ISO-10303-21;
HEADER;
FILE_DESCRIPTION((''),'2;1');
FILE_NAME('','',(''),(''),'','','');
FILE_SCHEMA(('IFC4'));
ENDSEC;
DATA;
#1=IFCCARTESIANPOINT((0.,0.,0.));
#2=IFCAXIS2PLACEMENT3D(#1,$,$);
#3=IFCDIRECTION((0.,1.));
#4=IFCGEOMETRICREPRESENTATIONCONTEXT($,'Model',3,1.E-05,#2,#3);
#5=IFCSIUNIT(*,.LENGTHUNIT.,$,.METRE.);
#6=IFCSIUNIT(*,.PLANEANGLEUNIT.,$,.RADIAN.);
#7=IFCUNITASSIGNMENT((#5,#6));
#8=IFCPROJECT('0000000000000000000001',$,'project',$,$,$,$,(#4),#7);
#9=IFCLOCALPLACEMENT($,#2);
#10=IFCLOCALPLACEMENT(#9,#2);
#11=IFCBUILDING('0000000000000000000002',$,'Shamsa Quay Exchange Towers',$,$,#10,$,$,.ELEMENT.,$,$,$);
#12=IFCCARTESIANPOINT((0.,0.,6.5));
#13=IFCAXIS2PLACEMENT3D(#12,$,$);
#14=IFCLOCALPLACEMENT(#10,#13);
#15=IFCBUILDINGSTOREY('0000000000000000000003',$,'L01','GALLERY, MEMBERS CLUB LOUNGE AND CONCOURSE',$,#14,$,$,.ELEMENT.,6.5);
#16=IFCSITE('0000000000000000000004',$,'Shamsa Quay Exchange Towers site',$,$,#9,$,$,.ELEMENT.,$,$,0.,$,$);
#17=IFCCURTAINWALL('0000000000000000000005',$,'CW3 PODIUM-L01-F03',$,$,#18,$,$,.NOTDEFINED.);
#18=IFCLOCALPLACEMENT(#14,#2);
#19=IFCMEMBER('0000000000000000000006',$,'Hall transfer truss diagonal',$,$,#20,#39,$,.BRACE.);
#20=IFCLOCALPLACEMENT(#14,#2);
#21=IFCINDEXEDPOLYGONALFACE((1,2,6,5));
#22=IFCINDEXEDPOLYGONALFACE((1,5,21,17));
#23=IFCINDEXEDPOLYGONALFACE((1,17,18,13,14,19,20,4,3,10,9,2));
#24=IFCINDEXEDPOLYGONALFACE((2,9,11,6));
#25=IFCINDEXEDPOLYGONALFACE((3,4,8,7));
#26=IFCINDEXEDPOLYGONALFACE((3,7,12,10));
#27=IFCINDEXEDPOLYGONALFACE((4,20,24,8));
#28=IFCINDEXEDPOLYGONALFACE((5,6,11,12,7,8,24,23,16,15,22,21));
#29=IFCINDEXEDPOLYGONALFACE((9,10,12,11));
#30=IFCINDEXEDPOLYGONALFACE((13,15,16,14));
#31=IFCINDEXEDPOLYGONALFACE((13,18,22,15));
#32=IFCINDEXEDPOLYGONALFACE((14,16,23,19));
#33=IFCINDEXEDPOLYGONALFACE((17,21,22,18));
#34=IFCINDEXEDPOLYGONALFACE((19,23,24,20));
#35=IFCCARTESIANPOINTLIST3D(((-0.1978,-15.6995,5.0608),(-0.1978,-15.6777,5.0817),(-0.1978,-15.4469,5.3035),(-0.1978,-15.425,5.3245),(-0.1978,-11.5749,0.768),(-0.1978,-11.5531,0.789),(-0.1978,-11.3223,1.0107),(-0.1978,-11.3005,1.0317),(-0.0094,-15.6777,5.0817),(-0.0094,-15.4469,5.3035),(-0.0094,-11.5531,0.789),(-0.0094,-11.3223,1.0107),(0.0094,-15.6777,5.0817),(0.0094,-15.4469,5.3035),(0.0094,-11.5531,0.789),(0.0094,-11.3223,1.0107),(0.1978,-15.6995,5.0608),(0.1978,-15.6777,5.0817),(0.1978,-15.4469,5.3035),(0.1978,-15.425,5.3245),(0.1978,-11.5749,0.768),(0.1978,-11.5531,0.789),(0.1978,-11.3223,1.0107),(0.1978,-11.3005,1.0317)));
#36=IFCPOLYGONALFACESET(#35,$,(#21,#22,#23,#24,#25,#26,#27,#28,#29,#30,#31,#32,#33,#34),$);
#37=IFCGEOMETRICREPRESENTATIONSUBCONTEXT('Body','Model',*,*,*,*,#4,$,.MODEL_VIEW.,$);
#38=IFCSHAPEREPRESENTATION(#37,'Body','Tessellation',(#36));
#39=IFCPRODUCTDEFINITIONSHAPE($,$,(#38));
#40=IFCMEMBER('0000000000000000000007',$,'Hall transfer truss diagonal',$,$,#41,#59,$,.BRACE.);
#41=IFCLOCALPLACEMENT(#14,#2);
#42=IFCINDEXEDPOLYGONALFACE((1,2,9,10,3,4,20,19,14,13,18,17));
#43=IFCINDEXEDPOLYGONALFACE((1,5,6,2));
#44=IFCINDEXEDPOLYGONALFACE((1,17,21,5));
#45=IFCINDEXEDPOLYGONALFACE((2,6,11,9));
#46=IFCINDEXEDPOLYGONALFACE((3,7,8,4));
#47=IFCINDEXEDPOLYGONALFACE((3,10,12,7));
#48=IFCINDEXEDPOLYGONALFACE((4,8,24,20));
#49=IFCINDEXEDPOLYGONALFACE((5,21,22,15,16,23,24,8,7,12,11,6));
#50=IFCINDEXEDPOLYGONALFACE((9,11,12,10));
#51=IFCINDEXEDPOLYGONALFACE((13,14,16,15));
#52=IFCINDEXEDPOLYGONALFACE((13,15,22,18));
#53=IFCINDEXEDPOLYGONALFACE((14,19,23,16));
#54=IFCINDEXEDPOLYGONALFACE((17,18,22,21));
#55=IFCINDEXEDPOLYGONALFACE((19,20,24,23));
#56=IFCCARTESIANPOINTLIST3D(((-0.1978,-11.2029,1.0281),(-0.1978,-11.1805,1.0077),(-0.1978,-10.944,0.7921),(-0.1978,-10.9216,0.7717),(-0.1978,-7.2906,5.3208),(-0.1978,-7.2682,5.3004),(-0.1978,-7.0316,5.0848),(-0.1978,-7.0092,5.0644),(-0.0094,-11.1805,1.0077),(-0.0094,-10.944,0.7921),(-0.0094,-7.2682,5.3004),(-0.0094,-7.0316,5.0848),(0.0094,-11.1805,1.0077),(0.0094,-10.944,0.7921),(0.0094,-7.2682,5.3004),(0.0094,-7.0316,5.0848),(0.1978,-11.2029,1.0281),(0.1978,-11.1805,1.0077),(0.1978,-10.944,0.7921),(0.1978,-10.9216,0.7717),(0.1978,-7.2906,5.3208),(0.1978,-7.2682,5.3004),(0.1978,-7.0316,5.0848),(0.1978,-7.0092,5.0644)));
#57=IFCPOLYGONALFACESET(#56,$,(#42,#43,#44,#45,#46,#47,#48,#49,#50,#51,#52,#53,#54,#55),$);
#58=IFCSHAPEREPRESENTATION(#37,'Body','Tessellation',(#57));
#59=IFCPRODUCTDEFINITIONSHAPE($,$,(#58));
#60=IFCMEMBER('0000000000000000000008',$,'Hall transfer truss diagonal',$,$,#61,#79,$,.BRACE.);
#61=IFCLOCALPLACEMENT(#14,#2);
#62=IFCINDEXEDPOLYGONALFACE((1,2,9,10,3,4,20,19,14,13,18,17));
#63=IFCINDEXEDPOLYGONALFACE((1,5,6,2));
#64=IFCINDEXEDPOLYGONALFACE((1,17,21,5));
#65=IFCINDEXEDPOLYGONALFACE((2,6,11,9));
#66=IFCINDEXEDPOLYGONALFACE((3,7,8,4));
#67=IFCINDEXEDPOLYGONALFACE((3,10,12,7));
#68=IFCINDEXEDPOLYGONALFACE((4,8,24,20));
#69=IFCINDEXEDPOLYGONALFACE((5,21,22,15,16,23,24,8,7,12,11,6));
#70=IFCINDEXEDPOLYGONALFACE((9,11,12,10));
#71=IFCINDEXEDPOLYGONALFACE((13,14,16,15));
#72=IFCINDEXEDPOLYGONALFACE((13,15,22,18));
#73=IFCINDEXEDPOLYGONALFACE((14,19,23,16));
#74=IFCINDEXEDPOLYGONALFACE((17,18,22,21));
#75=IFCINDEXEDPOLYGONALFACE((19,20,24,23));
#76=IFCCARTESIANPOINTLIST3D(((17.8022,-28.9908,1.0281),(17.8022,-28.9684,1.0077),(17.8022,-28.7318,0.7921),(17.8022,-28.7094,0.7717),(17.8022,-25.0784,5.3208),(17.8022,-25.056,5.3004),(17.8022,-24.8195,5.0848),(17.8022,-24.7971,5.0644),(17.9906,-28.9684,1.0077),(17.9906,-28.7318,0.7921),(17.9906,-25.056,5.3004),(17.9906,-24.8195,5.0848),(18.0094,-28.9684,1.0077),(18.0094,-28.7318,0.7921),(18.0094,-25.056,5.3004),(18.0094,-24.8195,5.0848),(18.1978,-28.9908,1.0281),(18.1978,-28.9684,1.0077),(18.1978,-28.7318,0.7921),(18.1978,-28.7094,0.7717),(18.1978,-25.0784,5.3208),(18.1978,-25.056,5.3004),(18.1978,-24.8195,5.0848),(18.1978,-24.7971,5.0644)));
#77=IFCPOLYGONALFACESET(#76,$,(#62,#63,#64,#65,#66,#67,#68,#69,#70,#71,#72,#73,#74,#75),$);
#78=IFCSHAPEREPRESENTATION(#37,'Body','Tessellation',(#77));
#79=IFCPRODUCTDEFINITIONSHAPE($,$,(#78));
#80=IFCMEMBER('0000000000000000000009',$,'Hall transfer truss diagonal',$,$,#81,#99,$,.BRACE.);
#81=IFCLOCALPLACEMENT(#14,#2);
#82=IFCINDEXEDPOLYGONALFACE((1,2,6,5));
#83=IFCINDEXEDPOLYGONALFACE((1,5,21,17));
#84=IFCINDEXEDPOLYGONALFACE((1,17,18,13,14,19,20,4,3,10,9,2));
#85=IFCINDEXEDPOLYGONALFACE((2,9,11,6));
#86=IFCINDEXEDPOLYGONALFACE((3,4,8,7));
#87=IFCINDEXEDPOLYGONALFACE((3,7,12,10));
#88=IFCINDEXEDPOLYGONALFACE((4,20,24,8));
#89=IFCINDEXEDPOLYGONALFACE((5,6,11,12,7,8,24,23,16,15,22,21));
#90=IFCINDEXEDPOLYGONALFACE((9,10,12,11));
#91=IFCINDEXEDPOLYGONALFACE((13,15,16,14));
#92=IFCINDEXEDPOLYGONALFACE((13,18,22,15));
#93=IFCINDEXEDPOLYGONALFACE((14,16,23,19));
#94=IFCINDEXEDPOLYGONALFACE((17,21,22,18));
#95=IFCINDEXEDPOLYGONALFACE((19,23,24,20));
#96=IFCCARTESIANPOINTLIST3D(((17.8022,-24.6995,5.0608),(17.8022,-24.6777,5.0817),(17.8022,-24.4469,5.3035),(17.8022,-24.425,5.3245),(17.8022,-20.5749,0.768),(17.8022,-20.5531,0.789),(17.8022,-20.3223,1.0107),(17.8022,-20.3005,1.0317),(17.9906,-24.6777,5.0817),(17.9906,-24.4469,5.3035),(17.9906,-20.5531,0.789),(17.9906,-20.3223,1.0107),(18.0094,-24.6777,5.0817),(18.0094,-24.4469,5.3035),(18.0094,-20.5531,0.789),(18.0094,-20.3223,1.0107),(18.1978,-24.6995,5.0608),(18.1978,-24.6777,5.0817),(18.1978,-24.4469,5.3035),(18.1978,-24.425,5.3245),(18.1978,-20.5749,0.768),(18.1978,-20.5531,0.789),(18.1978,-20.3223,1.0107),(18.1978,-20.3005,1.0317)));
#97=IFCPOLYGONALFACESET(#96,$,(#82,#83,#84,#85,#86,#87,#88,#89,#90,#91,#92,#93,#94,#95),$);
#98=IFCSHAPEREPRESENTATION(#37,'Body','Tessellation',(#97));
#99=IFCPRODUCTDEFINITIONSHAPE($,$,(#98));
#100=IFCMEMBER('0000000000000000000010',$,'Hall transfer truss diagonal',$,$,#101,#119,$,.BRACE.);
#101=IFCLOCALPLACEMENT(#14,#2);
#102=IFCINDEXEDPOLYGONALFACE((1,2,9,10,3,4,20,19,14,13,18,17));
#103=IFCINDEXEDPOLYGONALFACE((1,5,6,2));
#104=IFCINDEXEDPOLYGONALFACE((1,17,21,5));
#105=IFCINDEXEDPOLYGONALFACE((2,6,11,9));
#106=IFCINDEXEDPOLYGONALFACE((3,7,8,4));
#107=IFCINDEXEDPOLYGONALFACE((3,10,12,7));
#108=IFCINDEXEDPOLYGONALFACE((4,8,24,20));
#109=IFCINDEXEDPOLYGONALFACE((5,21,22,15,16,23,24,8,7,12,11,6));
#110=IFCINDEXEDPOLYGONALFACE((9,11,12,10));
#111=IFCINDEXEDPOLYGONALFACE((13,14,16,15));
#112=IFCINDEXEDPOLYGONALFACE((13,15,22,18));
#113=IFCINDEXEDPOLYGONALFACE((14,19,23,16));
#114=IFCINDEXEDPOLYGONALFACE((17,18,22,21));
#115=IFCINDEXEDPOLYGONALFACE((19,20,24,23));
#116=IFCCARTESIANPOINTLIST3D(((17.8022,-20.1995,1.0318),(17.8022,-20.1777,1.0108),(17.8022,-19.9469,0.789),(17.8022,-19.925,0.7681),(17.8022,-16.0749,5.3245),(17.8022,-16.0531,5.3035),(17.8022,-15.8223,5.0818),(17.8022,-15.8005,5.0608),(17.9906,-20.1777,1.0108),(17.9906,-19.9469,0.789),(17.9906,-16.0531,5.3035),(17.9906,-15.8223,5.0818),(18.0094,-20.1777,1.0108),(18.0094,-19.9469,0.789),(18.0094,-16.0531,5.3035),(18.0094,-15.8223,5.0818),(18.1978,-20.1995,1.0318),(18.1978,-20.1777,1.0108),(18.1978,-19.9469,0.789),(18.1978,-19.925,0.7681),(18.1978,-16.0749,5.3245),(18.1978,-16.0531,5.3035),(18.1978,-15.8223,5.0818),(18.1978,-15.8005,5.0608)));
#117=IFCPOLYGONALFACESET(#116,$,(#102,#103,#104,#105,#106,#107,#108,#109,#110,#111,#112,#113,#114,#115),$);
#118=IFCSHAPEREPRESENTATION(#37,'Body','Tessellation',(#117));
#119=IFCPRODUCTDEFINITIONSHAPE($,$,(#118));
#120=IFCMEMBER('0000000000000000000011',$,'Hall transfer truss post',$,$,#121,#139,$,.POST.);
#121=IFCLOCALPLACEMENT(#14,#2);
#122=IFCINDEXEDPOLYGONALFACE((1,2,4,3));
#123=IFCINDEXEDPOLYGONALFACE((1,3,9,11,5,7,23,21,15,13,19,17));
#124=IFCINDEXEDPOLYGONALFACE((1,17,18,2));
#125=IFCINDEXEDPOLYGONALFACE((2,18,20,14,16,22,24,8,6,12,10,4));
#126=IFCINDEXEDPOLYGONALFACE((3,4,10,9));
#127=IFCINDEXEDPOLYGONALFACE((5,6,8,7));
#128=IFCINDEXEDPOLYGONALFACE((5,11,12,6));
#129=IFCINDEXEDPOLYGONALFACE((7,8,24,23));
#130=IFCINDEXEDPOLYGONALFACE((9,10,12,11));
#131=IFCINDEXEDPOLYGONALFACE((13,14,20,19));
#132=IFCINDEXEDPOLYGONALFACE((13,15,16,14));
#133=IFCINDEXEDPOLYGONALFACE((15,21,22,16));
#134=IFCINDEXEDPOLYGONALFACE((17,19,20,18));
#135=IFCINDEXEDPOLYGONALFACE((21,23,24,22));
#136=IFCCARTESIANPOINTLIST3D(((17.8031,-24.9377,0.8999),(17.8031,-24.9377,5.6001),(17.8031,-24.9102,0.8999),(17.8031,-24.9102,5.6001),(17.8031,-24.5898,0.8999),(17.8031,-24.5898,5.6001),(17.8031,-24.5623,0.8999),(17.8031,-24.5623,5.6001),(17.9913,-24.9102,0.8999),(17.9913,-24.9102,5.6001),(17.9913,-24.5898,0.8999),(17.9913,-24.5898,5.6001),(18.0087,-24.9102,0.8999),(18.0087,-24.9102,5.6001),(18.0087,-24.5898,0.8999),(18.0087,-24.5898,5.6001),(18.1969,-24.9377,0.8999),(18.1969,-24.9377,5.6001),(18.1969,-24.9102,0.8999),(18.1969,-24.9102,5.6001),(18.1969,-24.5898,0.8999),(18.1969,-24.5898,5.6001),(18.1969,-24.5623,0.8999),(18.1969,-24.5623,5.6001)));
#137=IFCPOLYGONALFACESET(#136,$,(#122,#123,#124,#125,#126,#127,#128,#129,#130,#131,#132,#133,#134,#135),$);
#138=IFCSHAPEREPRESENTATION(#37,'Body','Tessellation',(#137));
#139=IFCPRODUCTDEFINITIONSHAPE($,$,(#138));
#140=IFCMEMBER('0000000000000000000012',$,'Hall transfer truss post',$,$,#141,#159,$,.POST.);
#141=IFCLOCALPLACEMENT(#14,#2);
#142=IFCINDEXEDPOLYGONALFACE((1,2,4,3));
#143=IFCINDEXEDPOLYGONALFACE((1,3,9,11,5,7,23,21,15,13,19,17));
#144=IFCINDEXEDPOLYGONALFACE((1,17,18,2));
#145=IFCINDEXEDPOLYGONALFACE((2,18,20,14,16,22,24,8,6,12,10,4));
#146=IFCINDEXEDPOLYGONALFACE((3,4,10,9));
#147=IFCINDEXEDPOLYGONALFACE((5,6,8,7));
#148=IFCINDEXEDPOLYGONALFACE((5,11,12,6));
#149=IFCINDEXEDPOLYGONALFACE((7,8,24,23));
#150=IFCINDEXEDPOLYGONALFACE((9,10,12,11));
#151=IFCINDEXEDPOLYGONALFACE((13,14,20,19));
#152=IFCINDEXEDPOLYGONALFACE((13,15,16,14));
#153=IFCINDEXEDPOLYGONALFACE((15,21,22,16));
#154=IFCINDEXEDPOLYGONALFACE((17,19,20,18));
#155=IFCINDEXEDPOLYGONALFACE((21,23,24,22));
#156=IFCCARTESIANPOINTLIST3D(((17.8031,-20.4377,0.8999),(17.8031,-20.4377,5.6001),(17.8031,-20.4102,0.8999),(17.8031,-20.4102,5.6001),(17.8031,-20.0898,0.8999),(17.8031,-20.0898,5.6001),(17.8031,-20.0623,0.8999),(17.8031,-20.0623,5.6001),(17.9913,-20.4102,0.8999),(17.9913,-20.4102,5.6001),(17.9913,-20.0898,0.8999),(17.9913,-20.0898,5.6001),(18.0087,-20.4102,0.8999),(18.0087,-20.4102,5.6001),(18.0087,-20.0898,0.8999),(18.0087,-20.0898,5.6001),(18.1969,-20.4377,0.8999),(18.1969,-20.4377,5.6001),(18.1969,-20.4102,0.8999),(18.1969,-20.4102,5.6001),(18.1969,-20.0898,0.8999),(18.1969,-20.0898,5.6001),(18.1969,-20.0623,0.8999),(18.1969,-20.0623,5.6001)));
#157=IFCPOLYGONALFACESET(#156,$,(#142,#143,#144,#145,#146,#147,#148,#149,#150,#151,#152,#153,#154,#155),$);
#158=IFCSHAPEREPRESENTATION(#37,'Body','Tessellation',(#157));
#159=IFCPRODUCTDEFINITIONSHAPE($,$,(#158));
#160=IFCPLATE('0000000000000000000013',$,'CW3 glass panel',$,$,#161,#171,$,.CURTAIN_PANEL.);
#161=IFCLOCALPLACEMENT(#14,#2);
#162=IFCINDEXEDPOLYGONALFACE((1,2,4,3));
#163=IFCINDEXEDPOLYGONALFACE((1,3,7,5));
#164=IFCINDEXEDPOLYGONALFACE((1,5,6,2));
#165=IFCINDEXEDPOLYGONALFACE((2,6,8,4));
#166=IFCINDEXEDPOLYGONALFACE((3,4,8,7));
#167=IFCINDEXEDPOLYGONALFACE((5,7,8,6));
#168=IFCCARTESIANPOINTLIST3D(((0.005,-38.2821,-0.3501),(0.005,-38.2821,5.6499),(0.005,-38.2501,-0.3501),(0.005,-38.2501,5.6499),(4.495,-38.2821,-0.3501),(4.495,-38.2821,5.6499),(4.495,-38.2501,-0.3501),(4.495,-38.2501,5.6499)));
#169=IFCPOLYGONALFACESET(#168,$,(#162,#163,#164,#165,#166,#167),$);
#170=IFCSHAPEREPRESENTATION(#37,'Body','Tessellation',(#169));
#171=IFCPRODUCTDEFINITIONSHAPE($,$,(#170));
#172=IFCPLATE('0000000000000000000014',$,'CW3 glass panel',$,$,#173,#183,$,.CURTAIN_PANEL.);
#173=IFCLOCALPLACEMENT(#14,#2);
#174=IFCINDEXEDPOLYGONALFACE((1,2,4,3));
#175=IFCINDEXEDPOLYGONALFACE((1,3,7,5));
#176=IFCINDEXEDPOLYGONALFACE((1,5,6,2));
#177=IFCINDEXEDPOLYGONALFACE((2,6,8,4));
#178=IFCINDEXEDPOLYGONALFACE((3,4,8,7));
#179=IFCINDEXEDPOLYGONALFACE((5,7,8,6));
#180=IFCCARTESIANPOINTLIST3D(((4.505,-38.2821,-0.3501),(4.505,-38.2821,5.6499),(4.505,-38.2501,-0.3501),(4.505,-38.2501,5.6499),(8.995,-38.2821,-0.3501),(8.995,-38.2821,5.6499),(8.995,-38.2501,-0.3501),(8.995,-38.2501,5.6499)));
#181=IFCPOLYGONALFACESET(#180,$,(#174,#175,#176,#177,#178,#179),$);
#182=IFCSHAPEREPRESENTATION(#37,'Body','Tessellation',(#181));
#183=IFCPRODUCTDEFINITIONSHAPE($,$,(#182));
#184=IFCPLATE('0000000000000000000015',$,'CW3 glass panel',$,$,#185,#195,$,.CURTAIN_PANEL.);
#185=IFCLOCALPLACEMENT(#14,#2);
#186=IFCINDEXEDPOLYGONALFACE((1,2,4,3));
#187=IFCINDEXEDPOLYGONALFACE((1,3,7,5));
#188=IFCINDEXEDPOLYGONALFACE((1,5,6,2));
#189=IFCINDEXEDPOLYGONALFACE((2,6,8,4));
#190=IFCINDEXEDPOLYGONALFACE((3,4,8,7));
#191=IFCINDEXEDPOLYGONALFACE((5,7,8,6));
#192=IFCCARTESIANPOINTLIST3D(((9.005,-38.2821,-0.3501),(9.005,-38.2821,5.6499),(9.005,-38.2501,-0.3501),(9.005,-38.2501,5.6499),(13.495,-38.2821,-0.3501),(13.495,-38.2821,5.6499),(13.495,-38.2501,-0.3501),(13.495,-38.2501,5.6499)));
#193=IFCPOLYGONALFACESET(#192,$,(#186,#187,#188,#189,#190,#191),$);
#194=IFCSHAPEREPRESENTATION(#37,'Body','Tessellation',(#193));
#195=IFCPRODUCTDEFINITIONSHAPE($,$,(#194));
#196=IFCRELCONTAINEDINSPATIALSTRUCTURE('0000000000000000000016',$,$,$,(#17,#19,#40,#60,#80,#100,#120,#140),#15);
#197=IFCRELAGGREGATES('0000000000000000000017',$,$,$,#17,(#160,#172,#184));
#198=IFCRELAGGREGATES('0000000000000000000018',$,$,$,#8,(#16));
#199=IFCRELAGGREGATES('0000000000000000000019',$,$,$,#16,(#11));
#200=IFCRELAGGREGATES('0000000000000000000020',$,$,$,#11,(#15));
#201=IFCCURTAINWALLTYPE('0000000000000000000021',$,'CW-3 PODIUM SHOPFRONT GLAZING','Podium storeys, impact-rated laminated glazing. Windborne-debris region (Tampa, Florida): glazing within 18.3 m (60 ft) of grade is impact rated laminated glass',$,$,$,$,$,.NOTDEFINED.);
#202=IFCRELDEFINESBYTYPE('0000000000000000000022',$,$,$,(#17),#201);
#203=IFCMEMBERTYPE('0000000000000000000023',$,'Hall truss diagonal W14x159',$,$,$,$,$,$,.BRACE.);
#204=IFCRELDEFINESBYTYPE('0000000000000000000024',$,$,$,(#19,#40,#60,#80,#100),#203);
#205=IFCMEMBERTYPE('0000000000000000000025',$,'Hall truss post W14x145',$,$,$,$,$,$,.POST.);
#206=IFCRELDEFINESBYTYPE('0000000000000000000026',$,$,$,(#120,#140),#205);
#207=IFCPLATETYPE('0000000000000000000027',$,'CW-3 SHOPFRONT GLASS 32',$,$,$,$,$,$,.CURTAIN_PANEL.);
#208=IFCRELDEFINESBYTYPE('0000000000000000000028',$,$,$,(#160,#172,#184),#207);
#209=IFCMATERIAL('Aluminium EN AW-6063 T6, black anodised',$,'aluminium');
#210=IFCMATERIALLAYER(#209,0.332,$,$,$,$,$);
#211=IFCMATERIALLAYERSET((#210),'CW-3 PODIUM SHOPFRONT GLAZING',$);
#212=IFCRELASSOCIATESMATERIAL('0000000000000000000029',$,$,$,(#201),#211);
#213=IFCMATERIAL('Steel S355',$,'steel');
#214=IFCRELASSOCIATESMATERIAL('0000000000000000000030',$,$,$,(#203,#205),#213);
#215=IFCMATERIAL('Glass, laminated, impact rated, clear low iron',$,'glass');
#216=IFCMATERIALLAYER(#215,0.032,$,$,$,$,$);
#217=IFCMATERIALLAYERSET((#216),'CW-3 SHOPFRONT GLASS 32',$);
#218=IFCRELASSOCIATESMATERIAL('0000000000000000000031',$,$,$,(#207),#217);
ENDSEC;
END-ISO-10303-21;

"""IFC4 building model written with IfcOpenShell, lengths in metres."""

from ifc_helpers import new_model, si_unit, direction, frame, origin, origin_2d, place, context, subcontext, project, spatial, rectangle, i_section, extrude, material, layer, layer_set, material_profile, profile_set, type_object, element, aggregate, save


model = new_model("IFC4")

# Units and contexts
model_context = context("Model", 3, precision=1e-05, world=origin(), true_north=direction((0.0, 1.0)))
body_context = subcontext(model_context, "Body", "Model", "MODEL_VIEW")
ifc_project = project(units=[si_unit("LENGTHUNIT", "METRE"), si_unit("PLANEANGLEUNIT", "RADIAN")], contexts=[model_context])

# Site, building, storey
site_placement = place(None, origin())
site = spatial("IfcSite", under=ifc_project, at=site_placement, Name="Shamsa Quay Exchange Towers site", CompositionType="ELEMENT", RefElevation=0.0)
building_placement = place(site_placement, origin())
building = spatial("IfcBuilding", under=site, at=building_placement, Name="Shamsa Quay Exchange Towers", CompositionType="ELEMENT")
storey_placement = place(building_placement, frame((0.0, 0.0, 6.5)))
storey = spatial("IfcBuildingStorey", under=building, at=storey_placement, Name="L01", Description="GALLERY, MEMBERS CLUB LOUNGE AND CONCOURSE", CompositionType="ELEMENT", Elevation=6.5)

# Curtain wall
ifc_material_1 = material(Name="Aluminium EN AW-6063 T6, black anodised", Category="aluminium")
ifc_layer_1 = layer(ifc_material_1, 0.332)
ifc_layer_set_1 = layer_set([ifc_layer_1], Name="CW-3 PODIUM SHOPFRONT GLAZING")
curtain_wall_type = type_object("IfcCurtainWallType", Name="CW-3 PODIUM SHOPFRONT GLAZING", Description="Podium storeys, impact-rated laminated glazing. Windborne-debris region (Tampa, Florida): glazing within 18.3 m (60 ft) of grade is impact rated laminated glass", PredefinedType="NOTDEFINED", material=ifc_layer_set_1)
curtain_wall_placement = place(storey_placement, origin())
curtain_wall = element("IfcCurtainWall", 1, at=curtain_wall_placement, inside=storey, type_object=curtain_wall_type, Name="CW3 PODIUM-L01-F03", PredefinedType="NOTDEFINED")

# Shared definitions
ifc_material_2 = material(Name="Steel S355", Category="steel")

# Members
ifc_material_profile_1 = material_profile(ifc_material_2, i_section(OverallWidth=0.3955, OverallDepth=0.3806, WebThickness=0.0188, FlangeThickness=0.0303, at=origin_2d()), Name="W14x159")
ifc_profile_set_1 = profile_set([ifc_material_profile_1], Name="Steel S355")
member_type_1 = type_object("IfcMemberType", Name="Hall truss diagonal W14x159", PredefinedType="BRACE", material=ifc_profile_set_1)
for number, where, z_axis, x_axis, name in (
    (2, (0.0, -15.5623, 5.1926), (0.0, 0.692837, -0.721094), (-1.0, 0.0, 0.0), "Hall transfer truss diagonal"),
):
    element("IfcMember", number, at=place(storey_placement, frame(where, z_axis=z_axis, x_axis=x_axis)), inside=storey, type_object=member_type_1, Name=name, PredefinedType="BRACE", context=body_context, shape_type="SweptSolid", body=[
        extrude(i_section(OverallWidth=0.3955, OverallDepth=0.3806, WebThickness=0.0188, FlangeThickness=0.0303, at=origin_2d()), origin(), (0.0, 0.0, 1.0), 5.9531),
    ])
for number, where, z_axis, x_axis, name in (
    (3, (0.0, -11.0623, 0.8999), (0.0, 0.673603, 0.739093), (-1.0, 0.0, 0.0), "Hall transfer truss diagonal"),
    (4, (18.0, -28.8501, 0.8999), (0.0, 0.673603, 0.739093), (-1.0, 0.0, 0.0), "Hall transfer truss diagonal"),
):
    element("IfcMember", number, at=place(storey_placement, frame(where, z_axis=z_axis, x_axis=x_axis)), inside=storey, type_object=member_type_1, Name=name, PredefinedType="BRACE", context=body_context, shape_type="SweptSolid", body=[
        extrude(i_section(OverallWidth=0.3955, OverallDepth=0.3806, WebThickness=0.0188, FlangeThickness=0.0303, at=origin_2d()), origin(), (0.0, 0.0, 1.0), 5.8081),
    ])
for number, where, z_axis, x_axis, name in (
    (5, (18.0, -24.5623, 5.1926), (0.0, 0.692837, -0.721094), (-1.0, 0.0, 0.0), "Hall transfer truss diagonal"),
    (6, (18.0, -20.0623, 0.8999), (0.0, 0.692837, 0.721094), (-1.0, 0.0, 0.0), "Hall transfer truss diagonal"),
):
    element("IfcMember", number, at=place(storey_placement, frame(where, z_axis=z_axis, x_axis=x_axis)), inside=storey, type_object=member_type_1, Name=name, PredefinedType="BRACE", context=body_context, shape_type="SweptSolid", body=[
        extrude(i_section(OverallWidth=0.3955, OverallDepth=0.3806, WebThickness=0.0188, FlangeThickness=0.0303, at=origin_2d()), origin(), (0.0, 0.0, 1.0), 5.9531),
    ])
ifc_material_profile_2 = material_profile(ifc_material_2, i_section(OverallWidth=0.3938, OverallDepth=0.3755, WebThickness=0.0173, FlangeThickness=0.0276, at=origin_2d()), Name="W14x145")
ifc_profile_set_2 = profile_set([ifc_material_profile_2], Name="Steel S355")
member_type_2 = type_object("IfcMemberType", Name="Hall truss post W14x145", PredefinedType="POST", material=ifc_profile_set_2)
for number, where, z_axis, x_axis, name in (
    (7, (18.0, -24.75, 0.8999), (0.0, 0.0, 1.0), (-1.0, 0.0, 0.0), "Hall transfer truss post"),
    (8, (18.0, -20.25, 0.8999), (0.0, 0.0, 1.0), (-1.0, 0.0, 0.0), "Hall transfer truss post"),
):
    element("IfcMember", number, at=place(storey_placement, frame(where, z_axis=z_axis, x_axis=x_axis)), inside=storey, type_object=member_type_2, Name=name, PredefinedType="POST", context=body_context, shape_type="SweptSolid", body=[
        extrude(i_section(OverallWidth=0.3938, OverallDepth=0.3755, WebThickness=0.0173, FlangeThickness=0.0276, at=origin_2d()), origin(), (0.0, 0.0, 1.0), 4.7002),
    ])

# Plates
ifc_material_3 = material(Name="Glass, laminated, impact rated, clear low iron", Category="glass")
ifc_layer_2 = layer(ifc_material_3, 0.032)
ifc_layer_set_2 = layer_set([ifc_layer_2], Name="CW-3 SHOPFRONT GLASS 32")
plate_type = type_object("IfcPlateType", Name="CW-3 SHOPFRONT GLASS 32", PredefinedType="CURTAIN_PANEL", material=ifc_layer_set_2)
plate_1_placement = place(storey_placement, frame((2.25, -38.2661, -0.3501)))
plate_1 = element("IfcPlate", 9, at=plate_1_placement, type_object=plate_type, Name="CW3 glass panel", PredefinedType="CURTAIN_PANEL", context=body_context, shape_type="SweptSolid", body=[
    extrude(rectangle(XDim=4.49, YDim=0.032, at=origin_2d()), origin(), (0.0, 0.0, 1.0), 6.0),
])
plate_2_placement = place(storey_placement, frame((6.75, -38.2661, -0.3501)))
plate_2 = element("IfcPlate", 10, at=plate_2_placement, type_object=plate_type, Name="CW3 glass panel", PredefinedType="CURTAIN_PANEL", context=body_context, shape_type="SweptSolid", body=[
    extrude(rectangle(XDim=4.49, YDim=0.032, at=origin_2d()), origin(), (0.0, 0.0, 1.0), 6.0),
])
plate_3_placement = place(storey_placement, frame((11.25, -38.2661, -0.3501)))
plate_3 = element("IfcPlate", 11, at=plate_3_placement, type_object=plate_type, Name="CW3 glass panel", PredefinedType="CURTAIN_PANEL", context=body_context, shape_type="SweptSolid", body=[
    extrude(rectangle(XDim=4.49, YDim=0.032, at=origin_2d()), origin(), (0.0, 0.0, 1.0), 6.0),
])
aggregate(curtain_wall, [plate_1, plate_2, plate_3])

save(model, "model.ifc")
